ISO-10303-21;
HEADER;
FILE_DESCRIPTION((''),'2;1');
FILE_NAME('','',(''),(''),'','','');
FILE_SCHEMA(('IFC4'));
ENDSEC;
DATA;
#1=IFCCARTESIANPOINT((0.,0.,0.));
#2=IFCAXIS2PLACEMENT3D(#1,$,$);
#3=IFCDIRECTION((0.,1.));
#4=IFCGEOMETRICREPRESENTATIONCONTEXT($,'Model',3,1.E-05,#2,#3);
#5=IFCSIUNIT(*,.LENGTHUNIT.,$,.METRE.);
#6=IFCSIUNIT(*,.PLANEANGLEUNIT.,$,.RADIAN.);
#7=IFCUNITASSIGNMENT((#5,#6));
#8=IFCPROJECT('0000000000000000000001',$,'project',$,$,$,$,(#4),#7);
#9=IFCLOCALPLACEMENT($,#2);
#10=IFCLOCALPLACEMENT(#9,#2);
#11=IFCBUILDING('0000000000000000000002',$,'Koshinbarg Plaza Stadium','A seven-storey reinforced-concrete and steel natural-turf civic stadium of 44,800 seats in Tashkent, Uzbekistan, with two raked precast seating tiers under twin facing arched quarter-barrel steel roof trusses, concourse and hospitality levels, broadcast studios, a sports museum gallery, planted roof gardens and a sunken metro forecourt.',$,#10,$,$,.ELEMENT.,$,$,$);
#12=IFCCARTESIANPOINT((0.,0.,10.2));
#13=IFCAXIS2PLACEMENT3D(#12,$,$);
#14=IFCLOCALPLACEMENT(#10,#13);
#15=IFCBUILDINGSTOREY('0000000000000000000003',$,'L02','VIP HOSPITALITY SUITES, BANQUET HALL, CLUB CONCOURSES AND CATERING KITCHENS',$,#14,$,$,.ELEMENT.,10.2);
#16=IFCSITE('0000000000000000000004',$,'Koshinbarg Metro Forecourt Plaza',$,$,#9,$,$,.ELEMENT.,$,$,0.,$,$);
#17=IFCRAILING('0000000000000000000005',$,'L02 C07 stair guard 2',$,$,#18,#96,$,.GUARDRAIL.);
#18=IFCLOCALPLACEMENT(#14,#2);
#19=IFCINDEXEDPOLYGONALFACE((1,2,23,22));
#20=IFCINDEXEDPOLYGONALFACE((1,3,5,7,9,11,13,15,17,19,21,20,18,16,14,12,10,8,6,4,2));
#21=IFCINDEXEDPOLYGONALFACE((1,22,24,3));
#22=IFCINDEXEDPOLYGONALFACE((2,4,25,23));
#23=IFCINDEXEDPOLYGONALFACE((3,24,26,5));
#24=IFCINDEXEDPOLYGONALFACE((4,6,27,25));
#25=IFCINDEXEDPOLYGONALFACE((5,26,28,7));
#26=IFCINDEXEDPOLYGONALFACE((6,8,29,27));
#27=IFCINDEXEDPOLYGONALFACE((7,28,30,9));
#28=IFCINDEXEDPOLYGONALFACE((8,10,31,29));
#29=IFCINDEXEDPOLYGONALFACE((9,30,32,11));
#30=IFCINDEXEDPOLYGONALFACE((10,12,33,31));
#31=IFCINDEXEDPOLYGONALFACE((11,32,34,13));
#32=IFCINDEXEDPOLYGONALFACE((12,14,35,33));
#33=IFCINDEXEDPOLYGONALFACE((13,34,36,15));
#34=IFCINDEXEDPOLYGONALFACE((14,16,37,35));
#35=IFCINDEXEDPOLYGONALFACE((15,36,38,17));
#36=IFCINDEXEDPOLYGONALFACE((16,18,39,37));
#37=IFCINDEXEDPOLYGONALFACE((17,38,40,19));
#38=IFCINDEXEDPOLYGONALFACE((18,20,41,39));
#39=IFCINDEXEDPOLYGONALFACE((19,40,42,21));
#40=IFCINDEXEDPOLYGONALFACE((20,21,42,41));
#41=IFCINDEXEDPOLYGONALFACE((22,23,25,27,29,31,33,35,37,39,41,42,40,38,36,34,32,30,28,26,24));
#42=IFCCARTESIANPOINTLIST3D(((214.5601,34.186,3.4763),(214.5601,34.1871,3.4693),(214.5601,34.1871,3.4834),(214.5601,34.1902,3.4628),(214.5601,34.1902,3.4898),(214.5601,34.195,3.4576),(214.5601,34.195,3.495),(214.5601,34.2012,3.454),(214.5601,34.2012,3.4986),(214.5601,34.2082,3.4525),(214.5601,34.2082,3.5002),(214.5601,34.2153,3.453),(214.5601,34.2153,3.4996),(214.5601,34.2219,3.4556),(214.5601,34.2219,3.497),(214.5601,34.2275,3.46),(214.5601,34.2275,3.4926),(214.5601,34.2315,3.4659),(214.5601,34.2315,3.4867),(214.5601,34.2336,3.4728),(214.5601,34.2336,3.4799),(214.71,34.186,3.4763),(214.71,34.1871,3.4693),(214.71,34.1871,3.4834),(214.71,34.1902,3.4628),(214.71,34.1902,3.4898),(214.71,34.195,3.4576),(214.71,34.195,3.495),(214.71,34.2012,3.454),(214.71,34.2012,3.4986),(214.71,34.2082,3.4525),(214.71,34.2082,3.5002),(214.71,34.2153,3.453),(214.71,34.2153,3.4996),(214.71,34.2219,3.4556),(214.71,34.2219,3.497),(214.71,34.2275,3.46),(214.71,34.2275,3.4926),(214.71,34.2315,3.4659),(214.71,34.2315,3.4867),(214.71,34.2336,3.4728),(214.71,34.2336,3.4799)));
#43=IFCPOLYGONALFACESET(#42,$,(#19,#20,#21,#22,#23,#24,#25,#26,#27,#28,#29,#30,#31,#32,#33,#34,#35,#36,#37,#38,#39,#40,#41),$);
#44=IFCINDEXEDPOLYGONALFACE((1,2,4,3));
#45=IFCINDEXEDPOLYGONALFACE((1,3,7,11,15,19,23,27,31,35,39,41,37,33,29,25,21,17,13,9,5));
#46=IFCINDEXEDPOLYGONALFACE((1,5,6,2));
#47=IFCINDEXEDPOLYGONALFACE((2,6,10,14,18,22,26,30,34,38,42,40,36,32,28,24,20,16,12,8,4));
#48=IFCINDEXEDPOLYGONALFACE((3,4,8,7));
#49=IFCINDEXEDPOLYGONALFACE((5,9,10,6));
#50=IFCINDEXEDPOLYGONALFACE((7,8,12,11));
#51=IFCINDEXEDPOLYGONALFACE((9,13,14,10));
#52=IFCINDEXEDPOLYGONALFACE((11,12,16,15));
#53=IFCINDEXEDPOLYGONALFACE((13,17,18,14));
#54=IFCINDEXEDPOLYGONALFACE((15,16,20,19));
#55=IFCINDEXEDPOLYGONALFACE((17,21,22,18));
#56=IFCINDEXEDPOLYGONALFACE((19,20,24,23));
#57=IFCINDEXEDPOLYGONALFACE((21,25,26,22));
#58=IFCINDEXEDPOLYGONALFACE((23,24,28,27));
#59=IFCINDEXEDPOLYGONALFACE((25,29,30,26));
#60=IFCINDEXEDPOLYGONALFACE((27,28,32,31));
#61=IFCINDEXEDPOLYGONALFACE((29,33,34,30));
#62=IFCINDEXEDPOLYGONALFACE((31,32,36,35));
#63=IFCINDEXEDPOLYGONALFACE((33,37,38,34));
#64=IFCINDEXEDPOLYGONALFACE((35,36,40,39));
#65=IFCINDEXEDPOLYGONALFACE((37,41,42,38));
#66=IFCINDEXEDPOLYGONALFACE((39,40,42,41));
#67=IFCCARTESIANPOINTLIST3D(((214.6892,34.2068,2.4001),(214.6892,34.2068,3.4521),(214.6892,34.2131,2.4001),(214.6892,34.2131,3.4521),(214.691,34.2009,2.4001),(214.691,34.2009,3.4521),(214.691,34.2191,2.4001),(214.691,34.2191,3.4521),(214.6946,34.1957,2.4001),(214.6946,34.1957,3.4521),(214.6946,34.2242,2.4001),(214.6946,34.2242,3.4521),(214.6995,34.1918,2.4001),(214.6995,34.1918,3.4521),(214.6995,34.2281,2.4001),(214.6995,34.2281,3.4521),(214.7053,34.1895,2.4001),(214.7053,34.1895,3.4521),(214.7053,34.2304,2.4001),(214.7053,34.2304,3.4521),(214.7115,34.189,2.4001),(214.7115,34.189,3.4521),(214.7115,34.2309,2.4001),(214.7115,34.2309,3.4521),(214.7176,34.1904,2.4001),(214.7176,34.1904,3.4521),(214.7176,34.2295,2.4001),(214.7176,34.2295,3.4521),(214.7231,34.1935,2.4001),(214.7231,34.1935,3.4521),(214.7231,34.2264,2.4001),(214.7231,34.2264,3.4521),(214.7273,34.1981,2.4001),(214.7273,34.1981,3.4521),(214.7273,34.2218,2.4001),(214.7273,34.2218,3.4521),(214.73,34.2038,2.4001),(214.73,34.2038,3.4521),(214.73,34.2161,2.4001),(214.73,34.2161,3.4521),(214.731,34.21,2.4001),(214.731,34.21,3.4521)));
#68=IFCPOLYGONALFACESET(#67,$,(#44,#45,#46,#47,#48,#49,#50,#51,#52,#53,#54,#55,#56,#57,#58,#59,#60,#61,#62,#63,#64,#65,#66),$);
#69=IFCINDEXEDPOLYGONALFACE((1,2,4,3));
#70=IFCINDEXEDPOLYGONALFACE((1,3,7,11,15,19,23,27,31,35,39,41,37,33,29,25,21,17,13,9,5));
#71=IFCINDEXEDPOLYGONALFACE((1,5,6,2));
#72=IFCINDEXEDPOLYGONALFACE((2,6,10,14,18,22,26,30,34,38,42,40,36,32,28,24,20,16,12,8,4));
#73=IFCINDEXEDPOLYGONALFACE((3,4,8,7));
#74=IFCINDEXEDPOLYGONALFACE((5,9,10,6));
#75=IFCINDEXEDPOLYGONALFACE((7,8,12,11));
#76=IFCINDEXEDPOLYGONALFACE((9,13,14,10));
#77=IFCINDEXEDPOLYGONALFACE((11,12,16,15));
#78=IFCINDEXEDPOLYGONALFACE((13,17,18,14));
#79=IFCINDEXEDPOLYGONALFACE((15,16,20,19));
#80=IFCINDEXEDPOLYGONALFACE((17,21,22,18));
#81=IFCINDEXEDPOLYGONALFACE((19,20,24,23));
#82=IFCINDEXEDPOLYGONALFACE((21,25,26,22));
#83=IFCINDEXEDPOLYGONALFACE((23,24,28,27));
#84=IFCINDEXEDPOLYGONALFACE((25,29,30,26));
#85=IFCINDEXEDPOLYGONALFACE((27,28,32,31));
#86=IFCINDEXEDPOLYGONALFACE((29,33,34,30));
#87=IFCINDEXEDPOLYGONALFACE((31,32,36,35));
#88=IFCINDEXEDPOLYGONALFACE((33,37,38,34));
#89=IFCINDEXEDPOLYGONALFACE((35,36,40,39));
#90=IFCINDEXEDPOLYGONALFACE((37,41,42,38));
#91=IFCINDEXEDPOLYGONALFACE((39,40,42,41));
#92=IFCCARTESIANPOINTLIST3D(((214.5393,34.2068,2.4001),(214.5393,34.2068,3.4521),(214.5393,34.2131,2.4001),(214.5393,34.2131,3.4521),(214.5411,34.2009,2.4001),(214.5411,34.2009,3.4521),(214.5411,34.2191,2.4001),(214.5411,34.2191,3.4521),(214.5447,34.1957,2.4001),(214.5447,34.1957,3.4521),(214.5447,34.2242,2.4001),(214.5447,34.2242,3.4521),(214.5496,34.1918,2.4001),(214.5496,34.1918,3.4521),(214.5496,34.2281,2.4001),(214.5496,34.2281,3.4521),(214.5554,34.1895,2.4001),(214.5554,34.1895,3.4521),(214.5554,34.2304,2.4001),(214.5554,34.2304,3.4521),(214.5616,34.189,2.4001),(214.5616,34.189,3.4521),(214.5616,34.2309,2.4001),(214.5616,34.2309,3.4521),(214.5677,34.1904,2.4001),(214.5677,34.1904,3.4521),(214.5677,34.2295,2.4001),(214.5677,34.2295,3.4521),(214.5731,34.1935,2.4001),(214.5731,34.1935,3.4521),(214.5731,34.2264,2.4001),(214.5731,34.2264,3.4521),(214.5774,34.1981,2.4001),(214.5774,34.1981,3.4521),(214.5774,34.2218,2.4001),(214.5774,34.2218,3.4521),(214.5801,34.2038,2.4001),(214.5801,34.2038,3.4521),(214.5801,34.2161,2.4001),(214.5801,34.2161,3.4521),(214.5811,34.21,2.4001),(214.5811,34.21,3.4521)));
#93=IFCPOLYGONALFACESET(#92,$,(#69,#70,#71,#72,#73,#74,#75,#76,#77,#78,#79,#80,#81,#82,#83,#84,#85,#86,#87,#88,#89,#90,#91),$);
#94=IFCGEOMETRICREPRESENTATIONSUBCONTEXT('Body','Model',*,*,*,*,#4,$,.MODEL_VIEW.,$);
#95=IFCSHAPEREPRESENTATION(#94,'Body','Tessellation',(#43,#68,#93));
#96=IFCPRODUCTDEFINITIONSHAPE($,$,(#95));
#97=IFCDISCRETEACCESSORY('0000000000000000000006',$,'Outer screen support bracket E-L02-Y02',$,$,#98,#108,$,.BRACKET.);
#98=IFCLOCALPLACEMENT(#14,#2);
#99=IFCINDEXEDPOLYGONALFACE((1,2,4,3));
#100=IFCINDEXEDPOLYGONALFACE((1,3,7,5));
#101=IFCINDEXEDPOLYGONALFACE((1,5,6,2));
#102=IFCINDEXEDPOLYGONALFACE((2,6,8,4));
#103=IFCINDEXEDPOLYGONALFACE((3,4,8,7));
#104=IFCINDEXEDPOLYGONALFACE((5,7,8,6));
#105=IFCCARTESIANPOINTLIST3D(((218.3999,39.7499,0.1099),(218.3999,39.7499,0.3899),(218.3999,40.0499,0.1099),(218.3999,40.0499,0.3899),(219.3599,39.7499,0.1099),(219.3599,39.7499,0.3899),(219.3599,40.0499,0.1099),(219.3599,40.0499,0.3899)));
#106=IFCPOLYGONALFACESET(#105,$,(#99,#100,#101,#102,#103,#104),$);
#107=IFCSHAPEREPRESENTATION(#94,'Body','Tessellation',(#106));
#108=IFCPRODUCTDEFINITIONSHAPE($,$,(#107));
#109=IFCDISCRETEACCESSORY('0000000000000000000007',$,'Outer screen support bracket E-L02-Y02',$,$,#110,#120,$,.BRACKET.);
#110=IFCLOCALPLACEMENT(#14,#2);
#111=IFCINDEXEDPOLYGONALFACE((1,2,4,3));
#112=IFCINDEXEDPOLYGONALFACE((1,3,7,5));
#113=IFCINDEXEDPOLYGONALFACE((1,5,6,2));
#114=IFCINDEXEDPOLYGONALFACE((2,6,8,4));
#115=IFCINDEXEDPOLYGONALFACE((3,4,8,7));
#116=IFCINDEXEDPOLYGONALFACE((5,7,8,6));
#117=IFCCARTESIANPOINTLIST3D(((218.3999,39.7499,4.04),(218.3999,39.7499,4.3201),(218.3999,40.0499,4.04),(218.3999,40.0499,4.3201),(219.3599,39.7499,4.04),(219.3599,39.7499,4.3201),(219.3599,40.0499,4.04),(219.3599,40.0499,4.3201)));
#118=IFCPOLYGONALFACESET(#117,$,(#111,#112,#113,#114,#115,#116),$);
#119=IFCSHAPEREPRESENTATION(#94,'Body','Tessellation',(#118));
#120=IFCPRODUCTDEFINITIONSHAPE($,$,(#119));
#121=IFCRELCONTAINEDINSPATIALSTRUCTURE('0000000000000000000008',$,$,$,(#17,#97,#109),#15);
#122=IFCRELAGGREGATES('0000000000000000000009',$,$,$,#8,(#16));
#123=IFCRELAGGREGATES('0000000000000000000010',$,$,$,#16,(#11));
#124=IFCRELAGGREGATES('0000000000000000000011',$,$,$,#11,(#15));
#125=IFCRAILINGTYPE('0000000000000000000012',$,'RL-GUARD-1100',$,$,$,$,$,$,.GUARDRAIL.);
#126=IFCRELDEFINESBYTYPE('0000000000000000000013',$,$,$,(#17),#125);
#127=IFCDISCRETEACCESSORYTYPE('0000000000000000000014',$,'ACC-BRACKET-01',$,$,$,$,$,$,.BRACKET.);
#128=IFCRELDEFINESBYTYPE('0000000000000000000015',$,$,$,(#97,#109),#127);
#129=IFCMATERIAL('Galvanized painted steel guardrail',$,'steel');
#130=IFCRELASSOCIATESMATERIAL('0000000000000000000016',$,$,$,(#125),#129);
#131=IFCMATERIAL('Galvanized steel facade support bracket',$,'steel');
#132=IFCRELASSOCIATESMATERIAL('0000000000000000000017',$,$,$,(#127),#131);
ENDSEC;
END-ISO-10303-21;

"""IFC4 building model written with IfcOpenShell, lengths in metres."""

from ifc_helpers import new_model, si_unit, direction, frame, origin, origin_2d, place, context, subcontext, project, spatial, rectangle, circle, extrude, material, type_object, element, save


model = new_model("IFC4")

# Units and contexts
model_context = context("Model", 3, precision=1e-05, world=origin(), true_north=direction((0.0, 1.0)))
body_context = subcontext(model_context, "Body", "Model", "MODEL_VIEW")
ifc_project = project(units=[si_unit("LENGTHUNIT", "METRE"), si_unit("PLANEANGLEUNIT", "RADIAN")], contexts=[model_context])

# Site, building, storey
site_placement = place(None, origin())
site = spatial("IfcSite", under=ifc_project, at=site_placement, Name="Koshinbarg Metro Forecourt Plaza", CompositionType="ELEMENT", RefElevation=0.0)
building_placement = place(site_placement, origin())
building = spatial("IfcBuilding", under=site, at=building_placement, Name="Koshinbarg Plaza Stadium", Description="A seven-storey reinforced-concrete and steel natural-turf civic stadium of 44,800 seats in Tashkent, Uzbekistan, with two raked precast seating tiers under twin facing arched quarter-barrel steel roof trusses, concourse and hospitality levels, broadcast studios, a sports museum gallery, planted roof gardens and a sunken metro forecourt.", CompositionType="ELEMENT")
storey_placement = place(building_placement, frame((0.0, 0.0, 10.2)))
storey = spatial("IfcBuildingStorey", under=building, at=storey_placement, Name="L02", Description="VIP HOSPITALITY SUITES, BANQUET HALL, CLUB CONCOURSES AND CATERING KITCHENS", CompositionType="ELEMENT", Elevation=10.2)

# Railing
ifc_material_1 = material(Name="Galvanized painted steel guardrail", Category="steel")
railing_type_1 = type_object("IfcRailingType", Name="RL-GUARD-1100", PredefinedType="GUARDRAIL", material=ifc_material_1)
railing_1_placement = place(storey_placement, frame((214.71, 34.21, 2.4001)))
element("IfcRailing", 1, at=railing_1_placement, inside=storey, type_object=railing_type_1, Name="L02 C07 stair guard 2", PredefinedType="GUARDRAIL", context=body_context, shape_type="SweptSolid", body=[
    extrude(circle(Radius=0.0239, at=origin_2d()), frame((0.0, 0.0, 1.0762), z_axis=(-1.0, 0.0, 0.0), x_axis=(0.0, -1.0, 0.0)), (0.0, 0.0, 1.0), 0.1499),
    extrude(circle(Radius=0.021, at=origin_2d()), origin(), (0.0, 0.0, 1.0), 1.052),
    extrude(circle(Radius=0.021, at=origin_2d()), frame((-0.1499, 0.0, 0.0)), (0.0, 0.0, 1.0), 1.052),
])

# Discrete accessories
ifc_material_2 = material(Name="Galvanized steel facade support bracket", Category="steel")
discrete_accessory_type = type_object("IfcDiscreteAccessoryType", Name="ACC-BRACKET-01", PredefinedType="BRACKET", material=ifc_material_2)
for number, where, z_axis, x_axis, name in (
    (2, (218.8799, 39.8999, 0.1099), (0.0, 0.0, 1.0), (1.0, 0.0, 0.0), "Outer screen support bracket E-L02-Y02"),
    (3, (218.8799, 39.8999, 4.04), (0.0, 0.0, 1.0), (1.0, 0.0, 0.0), "Outer screen support bracket E-L02-Y02"),
):
    element("IfcDiscreteAccessory", number, at=place(storey_placement, frame(where, z_axis=z_axis, x_axis=x_axis)), inside=storey, type_object=discrete_accessory_type, Name=name, PredefinedType="BRACKET", context=body_context, shape_type="SweptSolid", body=[
        extrude(rectangle(XDim=0.96, YDim=0.3, at=origin_2d()), origin(), (0.0, 0.0, 1.0), 0.28),
    ])

save(model, "model.ifc")
